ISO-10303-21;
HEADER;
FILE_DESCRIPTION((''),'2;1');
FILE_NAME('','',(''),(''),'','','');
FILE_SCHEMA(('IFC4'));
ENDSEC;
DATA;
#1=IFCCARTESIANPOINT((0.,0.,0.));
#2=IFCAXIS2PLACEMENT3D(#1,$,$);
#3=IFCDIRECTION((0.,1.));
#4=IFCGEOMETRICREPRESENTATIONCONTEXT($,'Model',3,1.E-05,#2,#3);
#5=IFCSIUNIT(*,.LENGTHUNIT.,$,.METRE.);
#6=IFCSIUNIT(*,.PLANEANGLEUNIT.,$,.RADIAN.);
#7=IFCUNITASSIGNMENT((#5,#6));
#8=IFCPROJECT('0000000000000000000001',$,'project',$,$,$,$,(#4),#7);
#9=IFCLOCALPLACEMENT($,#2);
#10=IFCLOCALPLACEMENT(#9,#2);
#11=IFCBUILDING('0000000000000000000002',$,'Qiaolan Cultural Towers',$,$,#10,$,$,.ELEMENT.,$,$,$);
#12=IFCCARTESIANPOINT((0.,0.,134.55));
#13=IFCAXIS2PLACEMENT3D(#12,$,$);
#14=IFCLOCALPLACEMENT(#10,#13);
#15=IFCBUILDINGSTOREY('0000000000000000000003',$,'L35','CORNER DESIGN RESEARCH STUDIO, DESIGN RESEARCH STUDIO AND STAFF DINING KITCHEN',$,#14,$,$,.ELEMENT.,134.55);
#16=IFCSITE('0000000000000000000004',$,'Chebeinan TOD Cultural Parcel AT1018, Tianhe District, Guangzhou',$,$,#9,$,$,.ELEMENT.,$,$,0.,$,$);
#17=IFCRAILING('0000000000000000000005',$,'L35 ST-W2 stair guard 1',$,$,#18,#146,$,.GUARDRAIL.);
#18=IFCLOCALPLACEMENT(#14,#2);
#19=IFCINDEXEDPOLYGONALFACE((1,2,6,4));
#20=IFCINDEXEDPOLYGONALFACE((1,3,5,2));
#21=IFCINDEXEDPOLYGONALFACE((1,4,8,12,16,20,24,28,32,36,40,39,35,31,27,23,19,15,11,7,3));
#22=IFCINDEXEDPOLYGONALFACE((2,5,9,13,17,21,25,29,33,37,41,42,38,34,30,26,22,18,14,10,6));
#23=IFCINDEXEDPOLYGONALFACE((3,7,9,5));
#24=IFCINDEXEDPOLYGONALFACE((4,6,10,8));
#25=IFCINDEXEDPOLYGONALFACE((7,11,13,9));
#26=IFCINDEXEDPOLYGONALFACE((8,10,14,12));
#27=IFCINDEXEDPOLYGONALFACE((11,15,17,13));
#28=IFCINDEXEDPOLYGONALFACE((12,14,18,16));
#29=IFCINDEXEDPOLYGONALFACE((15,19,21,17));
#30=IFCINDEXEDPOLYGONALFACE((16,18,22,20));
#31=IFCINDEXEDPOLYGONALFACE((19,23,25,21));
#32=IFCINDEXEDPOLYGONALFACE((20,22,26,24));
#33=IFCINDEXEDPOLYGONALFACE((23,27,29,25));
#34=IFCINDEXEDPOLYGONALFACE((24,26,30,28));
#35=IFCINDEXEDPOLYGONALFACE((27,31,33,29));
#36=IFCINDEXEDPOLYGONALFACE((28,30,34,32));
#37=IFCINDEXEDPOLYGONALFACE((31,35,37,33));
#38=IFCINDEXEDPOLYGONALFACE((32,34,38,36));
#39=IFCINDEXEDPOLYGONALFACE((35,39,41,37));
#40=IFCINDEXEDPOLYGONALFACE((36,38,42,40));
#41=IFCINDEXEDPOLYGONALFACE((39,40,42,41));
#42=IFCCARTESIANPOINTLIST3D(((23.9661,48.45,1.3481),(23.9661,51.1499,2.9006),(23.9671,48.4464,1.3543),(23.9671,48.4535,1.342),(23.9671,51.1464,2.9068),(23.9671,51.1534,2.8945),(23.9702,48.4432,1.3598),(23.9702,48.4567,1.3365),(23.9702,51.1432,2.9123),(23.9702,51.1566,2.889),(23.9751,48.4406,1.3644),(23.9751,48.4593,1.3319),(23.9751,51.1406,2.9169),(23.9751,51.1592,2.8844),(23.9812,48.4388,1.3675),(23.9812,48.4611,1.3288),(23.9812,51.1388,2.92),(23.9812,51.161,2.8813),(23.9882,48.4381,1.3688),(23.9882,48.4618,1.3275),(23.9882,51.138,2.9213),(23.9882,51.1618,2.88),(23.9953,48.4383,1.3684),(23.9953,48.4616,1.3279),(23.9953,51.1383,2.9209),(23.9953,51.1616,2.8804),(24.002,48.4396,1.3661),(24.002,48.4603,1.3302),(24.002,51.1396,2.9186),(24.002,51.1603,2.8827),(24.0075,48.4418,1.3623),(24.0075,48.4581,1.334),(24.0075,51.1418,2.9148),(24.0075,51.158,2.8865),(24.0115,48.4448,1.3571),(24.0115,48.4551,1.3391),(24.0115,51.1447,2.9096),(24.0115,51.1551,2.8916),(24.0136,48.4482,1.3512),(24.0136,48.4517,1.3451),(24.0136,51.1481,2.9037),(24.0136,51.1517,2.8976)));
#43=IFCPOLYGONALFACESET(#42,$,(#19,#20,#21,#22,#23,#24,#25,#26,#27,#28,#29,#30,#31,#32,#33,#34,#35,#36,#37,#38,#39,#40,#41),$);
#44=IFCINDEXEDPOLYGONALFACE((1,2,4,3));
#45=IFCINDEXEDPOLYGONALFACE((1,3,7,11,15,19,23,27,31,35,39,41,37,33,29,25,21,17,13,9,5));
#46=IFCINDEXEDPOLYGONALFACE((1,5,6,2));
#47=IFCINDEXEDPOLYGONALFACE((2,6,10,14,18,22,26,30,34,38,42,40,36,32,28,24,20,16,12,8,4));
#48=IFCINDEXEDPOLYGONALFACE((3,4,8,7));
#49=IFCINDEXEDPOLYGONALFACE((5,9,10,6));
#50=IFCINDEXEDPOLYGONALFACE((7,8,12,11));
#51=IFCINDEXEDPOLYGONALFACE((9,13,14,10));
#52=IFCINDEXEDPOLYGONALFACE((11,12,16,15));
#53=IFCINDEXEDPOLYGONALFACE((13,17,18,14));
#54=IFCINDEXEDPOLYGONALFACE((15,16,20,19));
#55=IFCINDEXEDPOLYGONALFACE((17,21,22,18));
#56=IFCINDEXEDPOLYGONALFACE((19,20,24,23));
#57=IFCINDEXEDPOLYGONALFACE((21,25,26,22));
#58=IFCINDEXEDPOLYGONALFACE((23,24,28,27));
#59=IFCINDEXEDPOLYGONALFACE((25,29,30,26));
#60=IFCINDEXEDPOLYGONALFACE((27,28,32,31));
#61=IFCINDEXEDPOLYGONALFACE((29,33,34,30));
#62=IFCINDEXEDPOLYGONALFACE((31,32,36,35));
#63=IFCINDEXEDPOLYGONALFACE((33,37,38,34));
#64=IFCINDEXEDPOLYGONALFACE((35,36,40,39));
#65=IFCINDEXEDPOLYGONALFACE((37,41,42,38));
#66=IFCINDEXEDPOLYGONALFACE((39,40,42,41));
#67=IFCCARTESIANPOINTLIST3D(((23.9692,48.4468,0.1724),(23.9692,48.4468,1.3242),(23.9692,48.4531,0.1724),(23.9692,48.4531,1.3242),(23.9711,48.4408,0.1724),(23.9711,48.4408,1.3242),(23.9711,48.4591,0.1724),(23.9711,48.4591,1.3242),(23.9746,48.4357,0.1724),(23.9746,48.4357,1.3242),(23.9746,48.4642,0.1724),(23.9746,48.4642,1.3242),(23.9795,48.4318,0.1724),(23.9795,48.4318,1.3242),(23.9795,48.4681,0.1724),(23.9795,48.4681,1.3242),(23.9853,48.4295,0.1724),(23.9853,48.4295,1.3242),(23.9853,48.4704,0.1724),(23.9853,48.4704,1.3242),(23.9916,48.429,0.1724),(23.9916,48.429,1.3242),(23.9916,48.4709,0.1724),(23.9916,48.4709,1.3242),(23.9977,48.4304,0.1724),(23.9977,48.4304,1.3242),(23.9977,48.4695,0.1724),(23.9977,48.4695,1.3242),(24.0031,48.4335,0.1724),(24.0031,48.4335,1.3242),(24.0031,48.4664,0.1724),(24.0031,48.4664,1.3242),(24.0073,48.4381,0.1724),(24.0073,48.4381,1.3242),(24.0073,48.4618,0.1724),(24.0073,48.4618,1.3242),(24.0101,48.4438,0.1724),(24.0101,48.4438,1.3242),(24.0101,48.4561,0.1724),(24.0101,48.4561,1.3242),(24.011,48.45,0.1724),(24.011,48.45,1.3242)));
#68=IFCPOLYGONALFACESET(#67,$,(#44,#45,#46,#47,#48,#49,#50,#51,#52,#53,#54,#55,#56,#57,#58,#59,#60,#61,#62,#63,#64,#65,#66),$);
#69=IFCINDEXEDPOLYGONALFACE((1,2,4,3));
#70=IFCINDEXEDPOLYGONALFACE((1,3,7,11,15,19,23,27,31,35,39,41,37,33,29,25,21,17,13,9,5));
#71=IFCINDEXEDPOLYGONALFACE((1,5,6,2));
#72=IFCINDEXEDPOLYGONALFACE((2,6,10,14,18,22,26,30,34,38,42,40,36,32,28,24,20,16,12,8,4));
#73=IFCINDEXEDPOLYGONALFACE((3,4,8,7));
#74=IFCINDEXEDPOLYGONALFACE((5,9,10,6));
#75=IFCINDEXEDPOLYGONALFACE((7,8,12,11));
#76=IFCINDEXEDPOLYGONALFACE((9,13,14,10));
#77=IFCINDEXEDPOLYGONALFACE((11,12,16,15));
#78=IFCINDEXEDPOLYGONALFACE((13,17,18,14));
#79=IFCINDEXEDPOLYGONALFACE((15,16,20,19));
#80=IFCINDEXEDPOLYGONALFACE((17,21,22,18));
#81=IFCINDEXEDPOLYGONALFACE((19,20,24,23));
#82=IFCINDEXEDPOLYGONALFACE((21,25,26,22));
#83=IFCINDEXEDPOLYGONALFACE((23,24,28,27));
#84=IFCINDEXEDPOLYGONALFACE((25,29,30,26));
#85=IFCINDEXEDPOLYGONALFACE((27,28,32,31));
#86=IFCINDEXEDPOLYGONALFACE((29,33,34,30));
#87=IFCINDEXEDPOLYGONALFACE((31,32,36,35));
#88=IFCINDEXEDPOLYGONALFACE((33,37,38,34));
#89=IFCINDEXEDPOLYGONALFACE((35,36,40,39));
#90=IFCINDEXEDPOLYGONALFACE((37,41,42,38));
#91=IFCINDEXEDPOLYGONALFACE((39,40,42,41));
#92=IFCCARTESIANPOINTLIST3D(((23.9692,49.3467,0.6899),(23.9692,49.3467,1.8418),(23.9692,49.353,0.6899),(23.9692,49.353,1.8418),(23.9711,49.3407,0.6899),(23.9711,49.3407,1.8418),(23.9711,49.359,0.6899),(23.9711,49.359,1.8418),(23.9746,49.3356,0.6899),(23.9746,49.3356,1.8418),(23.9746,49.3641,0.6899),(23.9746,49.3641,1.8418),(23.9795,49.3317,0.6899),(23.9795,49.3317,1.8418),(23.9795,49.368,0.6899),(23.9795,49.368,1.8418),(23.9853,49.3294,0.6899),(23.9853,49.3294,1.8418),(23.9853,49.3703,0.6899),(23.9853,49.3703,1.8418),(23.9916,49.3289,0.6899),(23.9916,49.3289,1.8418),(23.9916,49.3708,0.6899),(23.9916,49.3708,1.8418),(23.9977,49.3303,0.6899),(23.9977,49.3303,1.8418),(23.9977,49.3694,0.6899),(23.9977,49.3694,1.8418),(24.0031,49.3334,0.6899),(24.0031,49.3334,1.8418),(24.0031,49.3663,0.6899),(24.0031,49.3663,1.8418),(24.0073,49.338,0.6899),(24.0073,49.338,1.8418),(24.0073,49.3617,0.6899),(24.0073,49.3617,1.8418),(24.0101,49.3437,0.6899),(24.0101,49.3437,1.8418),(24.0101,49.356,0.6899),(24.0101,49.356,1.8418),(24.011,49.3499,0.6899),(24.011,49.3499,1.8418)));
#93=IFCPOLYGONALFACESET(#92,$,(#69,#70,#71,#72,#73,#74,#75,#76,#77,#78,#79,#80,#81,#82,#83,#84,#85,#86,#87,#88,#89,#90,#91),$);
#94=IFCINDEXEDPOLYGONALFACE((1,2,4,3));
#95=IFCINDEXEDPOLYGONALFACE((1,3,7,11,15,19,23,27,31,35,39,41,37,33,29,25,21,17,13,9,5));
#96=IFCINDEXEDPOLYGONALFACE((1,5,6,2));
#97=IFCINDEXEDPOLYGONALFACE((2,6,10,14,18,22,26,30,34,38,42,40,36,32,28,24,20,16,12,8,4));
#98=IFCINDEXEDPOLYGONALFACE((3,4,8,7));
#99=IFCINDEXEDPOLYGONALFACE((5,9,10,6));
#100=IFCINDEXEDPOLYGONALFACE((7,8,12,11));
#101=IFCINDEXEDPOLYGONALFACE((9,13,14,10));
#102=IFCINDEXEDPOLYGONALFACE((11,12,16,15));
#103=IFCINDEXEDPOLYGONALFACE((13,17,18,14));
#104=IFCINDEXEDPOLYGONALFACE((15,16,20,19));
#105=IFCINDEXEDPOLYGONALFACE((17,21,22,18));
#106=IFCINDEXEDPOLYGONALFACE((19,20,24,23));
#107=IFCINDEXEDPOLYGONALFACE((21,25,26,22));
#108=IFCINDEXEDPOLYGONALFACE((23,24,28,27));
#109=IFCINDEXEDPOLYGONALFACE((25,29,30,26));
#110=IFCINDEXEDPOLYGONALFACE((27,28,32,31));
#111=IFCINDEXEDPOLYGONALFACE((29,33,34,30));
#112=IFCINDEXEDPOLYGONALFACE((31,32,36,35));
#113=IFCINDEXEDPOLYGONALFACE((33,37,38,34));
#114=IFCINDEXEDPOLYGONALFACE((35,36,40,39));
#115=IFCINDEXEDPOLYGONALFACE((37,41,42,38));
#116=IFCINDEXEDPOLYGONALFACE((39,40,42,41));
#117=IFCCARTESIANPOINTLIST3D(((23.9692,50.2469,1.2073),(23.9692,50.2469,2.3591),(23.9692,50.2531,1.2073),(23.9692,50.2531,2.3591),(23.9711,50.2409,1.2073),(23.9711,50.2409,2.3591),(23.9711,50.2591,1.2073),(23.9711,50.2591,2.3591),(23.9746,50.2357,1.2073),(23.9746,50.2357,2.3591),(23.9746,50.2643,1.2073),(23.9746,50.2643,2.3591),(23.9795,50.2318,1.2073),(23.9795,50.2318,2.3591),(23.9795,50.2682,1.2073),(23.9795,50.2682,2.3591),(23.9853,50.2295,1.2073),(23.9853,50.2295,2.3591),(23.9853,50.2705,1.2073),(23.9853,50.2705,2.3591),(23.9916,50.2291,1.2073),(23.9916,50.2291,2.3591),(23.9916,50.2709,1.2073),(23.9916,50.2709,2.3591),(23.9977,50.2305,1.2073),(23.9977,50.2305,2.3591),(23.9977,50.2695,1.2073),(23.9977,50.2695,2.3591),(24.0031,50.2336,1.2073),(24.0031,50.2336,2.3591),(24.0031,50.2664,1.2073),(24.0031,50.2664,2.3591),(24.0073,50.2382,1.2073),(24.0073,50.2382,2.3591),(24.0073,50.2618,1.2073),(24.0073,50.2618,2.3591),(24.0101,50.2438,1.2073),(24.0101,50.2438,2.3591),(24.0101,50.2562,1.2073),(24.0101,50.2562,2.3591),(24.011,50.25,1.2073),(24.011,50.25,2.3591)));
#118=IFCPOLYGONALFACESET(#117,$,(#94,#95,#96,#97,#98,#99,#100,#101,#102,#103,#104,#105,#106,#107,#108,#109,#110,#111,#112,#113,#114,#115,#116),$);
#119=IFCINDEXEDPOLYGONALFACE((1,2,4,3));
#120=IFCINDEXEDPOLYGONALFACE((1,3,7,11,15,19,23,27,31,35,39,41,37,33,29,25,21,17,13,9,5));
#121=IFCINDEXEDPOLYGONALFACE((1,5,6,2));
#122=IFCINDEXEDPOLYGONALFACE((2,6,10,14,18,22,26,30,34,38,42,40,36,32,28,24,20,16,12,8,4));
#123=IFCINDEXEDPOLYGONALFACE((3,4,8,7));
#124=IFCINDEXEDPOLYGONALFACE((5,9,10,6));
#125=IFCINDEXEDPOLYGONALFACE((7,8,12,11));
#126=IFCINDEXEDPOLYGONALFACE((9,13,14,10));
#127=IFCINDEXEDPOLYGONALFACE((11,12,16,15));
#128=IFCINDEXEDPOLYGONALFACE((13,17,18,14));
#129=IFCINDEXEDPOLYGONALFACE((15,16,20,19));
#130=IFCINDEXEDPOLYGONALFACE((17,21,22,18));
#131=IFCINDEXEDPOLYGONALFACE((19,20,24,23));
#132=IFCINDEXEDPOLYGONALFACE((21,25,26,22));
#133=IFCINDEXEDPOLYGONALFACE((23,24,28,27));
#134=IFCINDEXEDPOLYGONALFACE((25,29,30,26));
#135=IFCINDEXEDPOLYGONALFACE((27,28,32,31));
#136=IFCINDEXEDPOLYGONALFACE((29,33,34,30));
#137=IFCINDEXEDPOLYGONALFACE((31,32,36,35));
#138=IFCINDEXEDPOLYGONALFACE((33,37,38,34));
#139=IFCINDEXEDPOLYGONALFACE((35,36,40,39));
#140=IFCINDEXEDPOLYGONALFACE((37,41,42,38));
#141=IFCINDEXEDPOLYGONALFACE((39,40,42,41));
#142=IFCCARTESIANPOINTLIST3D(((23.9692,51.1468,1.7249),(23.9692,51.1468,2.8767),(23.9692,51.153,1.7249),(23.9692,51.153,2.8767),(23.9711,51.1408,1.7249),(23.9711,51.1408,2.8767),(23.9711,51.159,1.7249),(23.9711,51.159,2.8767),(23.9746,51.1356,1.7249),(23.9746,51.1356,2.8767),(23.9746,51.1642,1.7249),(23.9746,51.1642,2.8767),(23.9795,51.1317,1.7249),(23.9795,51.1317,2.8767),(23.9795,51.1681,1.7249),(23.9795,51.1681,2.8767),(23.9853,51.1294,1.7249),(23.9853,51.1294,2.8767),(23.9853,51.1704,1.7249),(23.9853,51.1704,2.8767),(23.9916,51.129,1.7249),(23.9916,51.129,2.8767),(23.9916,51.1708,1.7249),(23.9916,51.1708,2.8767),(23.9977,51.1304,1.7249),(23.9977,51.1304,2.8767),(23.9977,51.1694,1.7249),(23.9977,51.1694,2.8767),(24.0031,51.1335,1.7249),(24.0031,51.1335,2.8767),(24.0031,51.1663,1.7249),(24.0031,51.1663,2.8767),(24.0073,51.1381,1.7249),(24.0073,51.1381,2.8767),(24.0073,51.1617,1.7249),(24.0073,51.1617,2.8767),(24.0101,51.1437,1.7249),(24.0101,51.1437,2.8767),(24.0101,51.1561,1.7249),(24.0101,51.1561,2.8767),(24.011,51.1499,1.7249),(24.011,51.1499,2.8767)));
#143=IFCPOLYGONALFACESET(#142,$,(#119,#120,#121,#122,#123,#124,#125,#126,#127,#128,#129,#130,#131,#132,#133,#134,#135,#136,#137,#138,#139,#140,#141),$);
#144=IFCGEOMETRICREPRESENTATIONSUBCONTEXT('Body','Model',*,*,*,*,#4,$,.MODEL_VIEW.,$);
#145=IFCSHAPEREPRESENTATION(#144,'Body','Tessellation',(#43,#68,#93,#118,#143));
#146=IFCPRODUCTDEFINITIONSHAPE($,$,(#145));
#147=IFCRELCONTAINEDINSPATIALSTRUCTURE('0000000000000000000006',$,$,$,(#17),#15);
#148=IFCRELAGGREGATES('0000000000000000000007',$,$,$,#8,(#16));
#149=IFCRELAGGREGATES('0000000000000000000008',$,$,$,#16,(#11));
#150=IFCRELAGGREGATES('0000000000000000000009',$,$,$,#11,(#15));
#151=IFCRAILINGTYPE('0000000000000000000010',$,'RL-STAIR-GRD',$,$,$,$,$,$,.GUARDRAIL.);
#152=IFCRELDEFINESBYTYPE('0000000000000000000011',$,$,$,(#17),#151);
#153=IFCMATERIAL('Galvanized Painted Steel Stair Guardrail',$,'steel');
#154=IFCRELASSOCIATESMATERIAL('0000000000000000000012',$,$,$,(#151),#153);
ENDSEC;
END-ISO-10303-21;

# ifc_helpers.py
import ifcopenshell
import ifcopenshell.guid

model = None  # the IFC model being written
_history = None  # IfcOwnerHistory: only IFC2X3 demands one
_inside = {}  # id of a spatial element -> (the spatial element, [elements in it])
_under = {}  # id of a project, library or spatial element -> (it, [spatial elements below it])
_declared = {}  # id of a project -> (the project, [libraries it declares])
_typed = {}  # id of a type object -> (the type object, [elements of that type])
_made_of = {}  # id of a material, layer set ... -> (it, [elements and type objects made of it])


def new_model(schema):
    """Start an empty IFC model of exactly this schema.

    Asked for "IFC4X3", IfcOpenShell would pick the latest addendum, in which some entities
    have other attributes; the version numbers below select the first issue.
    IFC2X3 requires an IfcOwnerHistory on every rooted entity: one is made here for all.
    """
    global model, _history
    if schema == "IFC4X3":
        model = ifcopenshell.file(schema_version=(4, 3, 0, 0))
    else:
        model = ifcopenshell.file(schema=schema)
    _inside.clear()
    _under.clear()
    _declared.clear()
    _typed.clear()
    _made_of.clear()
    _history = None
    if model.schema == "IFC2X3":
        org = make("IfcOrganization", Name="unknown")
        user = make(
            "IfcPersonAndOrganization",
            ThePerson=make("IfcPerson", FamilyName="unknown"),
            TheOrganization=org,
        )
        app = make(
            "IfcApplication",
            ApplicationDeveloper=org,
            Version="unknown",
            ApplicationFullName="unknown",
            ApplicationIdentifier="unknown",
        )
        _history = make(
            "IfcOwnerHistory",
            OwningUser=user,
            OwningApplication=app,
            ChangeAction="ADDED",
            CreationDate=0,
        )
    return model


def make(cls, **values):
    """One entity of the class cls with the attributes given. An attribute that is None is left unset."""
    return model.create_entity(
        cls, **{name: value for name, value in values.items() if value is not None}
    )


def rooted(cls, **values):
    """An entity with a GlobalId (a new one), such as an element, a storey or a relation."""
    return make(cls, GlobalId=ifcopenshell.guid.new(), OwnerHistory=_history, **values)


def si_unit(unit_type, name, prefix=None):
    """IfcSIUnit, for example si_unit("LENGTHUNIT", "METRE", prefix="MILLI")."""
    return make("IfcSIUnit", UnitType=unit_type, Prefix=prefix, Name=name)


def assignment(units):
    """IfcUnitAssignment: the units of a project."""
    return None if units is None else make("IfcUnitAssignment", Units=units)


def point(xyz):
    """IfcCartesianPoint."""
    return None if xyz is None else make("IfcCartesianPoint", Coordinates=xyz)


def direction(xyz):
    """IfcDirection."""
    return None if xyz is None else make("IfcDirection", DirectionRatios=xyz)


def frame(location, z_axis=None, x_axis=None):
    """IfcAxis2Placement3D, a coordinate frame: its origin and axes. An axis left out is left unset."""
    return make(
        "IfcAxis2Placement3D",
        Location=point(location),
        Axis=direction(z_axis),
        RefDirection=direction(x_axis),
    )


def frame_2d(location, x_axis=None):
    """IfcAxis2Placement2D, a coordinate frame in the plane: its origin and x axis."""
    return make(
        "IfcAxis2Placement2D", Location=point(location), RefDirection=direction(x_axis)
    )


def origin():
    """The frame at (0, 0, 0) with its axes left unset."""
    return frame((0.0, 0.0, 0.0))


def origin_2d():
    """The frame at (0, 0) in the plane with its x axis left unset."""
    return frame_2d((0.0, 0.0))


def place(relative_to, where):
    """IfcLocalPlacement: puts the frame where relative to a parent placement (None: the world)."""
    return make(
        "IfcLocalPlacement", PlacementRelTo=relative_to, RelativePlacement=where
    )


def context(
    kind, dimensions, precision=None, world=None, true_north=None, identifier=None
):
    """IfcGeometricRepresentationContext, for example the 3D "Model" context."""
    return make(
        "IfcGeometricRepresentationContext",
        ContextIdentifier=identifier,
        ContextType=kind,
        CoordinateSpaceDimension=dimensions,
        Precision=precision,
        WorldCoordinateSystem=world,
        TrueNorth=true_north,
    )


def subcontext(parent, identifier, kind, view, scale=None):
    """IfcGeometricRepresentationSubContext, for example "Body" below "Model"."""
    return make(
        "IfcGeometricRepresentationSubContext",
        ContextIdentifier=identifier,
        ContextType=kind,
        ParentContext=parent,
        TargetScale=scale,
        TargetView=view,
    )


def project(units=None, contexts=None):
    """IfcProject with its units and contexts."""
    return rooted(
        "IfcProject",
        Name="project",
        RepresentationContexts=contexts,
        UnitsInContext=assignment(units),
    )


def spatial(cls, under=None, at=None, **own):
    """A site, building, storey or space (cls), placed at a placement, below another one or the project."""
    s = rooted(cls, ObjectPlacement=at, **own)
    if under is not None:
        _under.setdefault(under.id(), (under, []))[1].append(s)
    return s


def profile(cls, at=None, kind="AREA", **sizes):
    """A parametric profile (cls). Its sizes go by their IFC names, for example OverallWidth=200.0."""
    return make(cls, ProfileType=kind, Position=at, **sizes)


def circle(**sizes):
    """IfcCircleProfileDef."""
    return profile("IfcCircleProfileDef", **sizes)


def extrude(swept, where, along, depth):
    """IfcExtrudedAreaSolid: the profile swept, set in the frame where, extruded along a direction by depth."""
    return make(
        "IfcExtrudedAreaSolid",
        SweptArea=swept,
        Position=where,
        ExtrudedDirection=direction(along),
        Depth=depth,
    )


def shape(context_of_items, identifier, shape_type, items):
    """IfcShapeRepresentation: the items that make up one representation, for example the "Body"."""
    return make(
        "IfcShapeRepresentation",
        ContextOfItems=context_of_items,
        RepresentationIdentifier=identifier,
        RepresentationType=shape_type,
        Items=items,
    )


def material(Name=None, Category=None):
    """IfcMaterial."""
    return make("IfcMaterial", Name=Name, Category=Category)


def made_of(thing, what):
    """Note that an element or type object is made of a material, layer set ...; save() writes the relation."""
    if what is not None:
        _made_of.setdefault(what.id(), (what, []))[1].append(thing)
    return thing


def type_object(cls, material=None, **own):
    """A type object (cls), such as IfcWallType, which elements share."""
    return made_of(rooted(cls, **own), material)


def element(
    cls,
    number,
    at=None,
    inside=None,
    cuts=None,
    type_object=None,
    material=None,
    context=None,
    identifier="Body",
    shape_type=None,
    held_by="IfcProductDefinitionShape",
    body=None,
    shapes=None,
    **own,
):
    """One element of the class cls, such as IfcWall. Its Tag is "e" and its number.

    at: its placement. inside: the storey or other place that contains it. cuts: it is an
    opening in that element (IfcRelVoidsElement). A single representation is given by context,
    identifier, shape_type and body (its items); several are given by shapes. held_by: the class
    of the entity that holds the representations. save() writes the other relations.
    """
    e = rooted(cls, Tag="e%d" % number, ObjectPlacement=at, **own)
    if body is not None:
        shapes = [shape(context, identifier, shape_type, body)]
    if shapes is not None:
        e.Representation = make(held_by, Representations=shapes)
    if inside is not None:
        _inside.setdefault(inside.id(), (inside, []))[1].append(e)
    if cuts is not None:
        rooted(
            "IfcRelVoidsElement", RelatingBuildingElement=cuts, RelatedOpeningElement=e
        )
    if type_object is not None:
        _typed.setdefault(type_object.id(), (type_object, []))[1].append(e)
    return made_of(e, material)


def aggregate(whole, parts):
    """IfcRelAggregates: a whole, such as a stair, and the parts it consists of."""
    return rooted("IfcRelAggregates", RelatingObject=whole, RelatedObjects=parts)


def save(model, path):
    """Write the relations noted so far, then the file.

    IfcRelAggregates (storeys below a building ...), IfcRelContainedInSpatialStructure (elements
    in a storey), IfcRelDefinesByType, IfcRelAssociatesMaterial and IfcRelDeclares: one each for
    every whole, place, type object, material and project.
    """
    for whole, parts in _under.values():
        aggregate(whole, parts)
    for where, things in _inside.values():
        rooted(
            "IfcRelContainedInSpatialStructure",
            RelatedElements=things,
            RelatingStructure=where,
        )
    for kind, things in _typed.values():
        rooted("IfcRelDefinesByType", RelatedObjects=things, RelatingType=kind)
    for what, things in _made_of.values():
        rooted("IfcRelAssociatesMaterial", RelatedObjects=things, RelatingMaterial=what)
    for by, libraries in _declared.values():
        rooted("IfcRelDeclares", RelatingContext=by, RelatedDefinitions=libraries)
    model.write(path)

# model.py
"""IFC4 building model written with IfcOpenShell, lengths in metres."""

from ifc_helpers import new_model, si_unit, direction, frame, origin, origin_2d, place, context, subcontext, project, spatial, circle, extrude, material, type_object, element, save


model = new_model("IFC4")

# Units and contexts
model_context = context("Model", 3, precision=1e-05, world=origin(), true_north=direction((0.0, 1.0)))
body_context = subcontext(model_context, "Body", "Model", "MODEL_VIEW")
ifc_project = project(units=[si_unit("LENGTHUNIT", "METRE"), si_unit("PLANEANGLEUNIT", "RADIAN")], contexts=[model_context])

# Site, building, storey
site_placement = place(None, origin())
site = spatial("IfcSite", under=ifc_project, at=site_placement, Name="Chebeinan TOD Cultural Parcel AT1018, Tianhe District, Guangzhou", CompositionType="ELEMENT", RefElevation=0.0)
building_placement = place(site_placement, origin())
building = spatial("IfcBuilding", under=site, at=building_placement, Name="Qiaolan Cultural Towers", CompositionType="ELEMENT")
storey_placement = place(building_placement, frame((0.0, 0.0, 134.55)))
storey = spatial("IfcBuildingStorey", under=building, at=storey_placement, Name="L35", Description="CORNER DESIGN RESEARCH STUDIO, DESIGN RESEARCH STUDIO AND STAFF DINING KITCHEN", CompositionType="ELEMENT", Elevation=134.55)

# Railing
ifc_material_1 = material(Name="Galvanized Painted Steel Stair Guardrail", Category="steel")
railing_type_1 = type_object("IfcRailingType", Name="RL-STAIR-GRD", PredefinedType="GUARDRAIL", material=ifc_material_1)
railing_1_placement = place(storey_placement, frame((23.99, 48.45, 0.1724)))
element("IfcRailing", 1, at=railing_1_placement, inside=storey, type_object=railing_type_1, Name="L35 ST-W2 stair guard 1", PredefinedType="GUARDRAIL", context=body_context, shape_type="SweptSolid", body=[
    extrude(circle(Radius=0.0239, at=origin_2d()), frame((0.0, 0.0, 1.1758), z_axis=(0.0, 0.866904, 0.498476), x_axis=(-1.0, 0.0, 0.0)), (0.0, 0.0, 1.0), 3.1145),
    extrude(circle(Radius=0.021, at=origin_2d()), origin(), (0.0, 0.0, 1.0), 1.1519),
    extrude(circle(Radius=0.021, at=origin_2d()), frame((0.0, 0.8999, 0.5176)), (0.0, 0.0, 1.0), 1.1519),
    extrude(circle(Radius=0.021, at=origin_2d()), frame((0.0, 1.8, 1.0349)), (0.0, 0.0, 1.0), 1.1519),
    extrude(circle(Radius=0.021, at=origin_2d()), frame((0.0, 2.7, 1.5525)), (0.0, 0.0, 1.0), 1.1519),
])

save(model, "model.ifc")
